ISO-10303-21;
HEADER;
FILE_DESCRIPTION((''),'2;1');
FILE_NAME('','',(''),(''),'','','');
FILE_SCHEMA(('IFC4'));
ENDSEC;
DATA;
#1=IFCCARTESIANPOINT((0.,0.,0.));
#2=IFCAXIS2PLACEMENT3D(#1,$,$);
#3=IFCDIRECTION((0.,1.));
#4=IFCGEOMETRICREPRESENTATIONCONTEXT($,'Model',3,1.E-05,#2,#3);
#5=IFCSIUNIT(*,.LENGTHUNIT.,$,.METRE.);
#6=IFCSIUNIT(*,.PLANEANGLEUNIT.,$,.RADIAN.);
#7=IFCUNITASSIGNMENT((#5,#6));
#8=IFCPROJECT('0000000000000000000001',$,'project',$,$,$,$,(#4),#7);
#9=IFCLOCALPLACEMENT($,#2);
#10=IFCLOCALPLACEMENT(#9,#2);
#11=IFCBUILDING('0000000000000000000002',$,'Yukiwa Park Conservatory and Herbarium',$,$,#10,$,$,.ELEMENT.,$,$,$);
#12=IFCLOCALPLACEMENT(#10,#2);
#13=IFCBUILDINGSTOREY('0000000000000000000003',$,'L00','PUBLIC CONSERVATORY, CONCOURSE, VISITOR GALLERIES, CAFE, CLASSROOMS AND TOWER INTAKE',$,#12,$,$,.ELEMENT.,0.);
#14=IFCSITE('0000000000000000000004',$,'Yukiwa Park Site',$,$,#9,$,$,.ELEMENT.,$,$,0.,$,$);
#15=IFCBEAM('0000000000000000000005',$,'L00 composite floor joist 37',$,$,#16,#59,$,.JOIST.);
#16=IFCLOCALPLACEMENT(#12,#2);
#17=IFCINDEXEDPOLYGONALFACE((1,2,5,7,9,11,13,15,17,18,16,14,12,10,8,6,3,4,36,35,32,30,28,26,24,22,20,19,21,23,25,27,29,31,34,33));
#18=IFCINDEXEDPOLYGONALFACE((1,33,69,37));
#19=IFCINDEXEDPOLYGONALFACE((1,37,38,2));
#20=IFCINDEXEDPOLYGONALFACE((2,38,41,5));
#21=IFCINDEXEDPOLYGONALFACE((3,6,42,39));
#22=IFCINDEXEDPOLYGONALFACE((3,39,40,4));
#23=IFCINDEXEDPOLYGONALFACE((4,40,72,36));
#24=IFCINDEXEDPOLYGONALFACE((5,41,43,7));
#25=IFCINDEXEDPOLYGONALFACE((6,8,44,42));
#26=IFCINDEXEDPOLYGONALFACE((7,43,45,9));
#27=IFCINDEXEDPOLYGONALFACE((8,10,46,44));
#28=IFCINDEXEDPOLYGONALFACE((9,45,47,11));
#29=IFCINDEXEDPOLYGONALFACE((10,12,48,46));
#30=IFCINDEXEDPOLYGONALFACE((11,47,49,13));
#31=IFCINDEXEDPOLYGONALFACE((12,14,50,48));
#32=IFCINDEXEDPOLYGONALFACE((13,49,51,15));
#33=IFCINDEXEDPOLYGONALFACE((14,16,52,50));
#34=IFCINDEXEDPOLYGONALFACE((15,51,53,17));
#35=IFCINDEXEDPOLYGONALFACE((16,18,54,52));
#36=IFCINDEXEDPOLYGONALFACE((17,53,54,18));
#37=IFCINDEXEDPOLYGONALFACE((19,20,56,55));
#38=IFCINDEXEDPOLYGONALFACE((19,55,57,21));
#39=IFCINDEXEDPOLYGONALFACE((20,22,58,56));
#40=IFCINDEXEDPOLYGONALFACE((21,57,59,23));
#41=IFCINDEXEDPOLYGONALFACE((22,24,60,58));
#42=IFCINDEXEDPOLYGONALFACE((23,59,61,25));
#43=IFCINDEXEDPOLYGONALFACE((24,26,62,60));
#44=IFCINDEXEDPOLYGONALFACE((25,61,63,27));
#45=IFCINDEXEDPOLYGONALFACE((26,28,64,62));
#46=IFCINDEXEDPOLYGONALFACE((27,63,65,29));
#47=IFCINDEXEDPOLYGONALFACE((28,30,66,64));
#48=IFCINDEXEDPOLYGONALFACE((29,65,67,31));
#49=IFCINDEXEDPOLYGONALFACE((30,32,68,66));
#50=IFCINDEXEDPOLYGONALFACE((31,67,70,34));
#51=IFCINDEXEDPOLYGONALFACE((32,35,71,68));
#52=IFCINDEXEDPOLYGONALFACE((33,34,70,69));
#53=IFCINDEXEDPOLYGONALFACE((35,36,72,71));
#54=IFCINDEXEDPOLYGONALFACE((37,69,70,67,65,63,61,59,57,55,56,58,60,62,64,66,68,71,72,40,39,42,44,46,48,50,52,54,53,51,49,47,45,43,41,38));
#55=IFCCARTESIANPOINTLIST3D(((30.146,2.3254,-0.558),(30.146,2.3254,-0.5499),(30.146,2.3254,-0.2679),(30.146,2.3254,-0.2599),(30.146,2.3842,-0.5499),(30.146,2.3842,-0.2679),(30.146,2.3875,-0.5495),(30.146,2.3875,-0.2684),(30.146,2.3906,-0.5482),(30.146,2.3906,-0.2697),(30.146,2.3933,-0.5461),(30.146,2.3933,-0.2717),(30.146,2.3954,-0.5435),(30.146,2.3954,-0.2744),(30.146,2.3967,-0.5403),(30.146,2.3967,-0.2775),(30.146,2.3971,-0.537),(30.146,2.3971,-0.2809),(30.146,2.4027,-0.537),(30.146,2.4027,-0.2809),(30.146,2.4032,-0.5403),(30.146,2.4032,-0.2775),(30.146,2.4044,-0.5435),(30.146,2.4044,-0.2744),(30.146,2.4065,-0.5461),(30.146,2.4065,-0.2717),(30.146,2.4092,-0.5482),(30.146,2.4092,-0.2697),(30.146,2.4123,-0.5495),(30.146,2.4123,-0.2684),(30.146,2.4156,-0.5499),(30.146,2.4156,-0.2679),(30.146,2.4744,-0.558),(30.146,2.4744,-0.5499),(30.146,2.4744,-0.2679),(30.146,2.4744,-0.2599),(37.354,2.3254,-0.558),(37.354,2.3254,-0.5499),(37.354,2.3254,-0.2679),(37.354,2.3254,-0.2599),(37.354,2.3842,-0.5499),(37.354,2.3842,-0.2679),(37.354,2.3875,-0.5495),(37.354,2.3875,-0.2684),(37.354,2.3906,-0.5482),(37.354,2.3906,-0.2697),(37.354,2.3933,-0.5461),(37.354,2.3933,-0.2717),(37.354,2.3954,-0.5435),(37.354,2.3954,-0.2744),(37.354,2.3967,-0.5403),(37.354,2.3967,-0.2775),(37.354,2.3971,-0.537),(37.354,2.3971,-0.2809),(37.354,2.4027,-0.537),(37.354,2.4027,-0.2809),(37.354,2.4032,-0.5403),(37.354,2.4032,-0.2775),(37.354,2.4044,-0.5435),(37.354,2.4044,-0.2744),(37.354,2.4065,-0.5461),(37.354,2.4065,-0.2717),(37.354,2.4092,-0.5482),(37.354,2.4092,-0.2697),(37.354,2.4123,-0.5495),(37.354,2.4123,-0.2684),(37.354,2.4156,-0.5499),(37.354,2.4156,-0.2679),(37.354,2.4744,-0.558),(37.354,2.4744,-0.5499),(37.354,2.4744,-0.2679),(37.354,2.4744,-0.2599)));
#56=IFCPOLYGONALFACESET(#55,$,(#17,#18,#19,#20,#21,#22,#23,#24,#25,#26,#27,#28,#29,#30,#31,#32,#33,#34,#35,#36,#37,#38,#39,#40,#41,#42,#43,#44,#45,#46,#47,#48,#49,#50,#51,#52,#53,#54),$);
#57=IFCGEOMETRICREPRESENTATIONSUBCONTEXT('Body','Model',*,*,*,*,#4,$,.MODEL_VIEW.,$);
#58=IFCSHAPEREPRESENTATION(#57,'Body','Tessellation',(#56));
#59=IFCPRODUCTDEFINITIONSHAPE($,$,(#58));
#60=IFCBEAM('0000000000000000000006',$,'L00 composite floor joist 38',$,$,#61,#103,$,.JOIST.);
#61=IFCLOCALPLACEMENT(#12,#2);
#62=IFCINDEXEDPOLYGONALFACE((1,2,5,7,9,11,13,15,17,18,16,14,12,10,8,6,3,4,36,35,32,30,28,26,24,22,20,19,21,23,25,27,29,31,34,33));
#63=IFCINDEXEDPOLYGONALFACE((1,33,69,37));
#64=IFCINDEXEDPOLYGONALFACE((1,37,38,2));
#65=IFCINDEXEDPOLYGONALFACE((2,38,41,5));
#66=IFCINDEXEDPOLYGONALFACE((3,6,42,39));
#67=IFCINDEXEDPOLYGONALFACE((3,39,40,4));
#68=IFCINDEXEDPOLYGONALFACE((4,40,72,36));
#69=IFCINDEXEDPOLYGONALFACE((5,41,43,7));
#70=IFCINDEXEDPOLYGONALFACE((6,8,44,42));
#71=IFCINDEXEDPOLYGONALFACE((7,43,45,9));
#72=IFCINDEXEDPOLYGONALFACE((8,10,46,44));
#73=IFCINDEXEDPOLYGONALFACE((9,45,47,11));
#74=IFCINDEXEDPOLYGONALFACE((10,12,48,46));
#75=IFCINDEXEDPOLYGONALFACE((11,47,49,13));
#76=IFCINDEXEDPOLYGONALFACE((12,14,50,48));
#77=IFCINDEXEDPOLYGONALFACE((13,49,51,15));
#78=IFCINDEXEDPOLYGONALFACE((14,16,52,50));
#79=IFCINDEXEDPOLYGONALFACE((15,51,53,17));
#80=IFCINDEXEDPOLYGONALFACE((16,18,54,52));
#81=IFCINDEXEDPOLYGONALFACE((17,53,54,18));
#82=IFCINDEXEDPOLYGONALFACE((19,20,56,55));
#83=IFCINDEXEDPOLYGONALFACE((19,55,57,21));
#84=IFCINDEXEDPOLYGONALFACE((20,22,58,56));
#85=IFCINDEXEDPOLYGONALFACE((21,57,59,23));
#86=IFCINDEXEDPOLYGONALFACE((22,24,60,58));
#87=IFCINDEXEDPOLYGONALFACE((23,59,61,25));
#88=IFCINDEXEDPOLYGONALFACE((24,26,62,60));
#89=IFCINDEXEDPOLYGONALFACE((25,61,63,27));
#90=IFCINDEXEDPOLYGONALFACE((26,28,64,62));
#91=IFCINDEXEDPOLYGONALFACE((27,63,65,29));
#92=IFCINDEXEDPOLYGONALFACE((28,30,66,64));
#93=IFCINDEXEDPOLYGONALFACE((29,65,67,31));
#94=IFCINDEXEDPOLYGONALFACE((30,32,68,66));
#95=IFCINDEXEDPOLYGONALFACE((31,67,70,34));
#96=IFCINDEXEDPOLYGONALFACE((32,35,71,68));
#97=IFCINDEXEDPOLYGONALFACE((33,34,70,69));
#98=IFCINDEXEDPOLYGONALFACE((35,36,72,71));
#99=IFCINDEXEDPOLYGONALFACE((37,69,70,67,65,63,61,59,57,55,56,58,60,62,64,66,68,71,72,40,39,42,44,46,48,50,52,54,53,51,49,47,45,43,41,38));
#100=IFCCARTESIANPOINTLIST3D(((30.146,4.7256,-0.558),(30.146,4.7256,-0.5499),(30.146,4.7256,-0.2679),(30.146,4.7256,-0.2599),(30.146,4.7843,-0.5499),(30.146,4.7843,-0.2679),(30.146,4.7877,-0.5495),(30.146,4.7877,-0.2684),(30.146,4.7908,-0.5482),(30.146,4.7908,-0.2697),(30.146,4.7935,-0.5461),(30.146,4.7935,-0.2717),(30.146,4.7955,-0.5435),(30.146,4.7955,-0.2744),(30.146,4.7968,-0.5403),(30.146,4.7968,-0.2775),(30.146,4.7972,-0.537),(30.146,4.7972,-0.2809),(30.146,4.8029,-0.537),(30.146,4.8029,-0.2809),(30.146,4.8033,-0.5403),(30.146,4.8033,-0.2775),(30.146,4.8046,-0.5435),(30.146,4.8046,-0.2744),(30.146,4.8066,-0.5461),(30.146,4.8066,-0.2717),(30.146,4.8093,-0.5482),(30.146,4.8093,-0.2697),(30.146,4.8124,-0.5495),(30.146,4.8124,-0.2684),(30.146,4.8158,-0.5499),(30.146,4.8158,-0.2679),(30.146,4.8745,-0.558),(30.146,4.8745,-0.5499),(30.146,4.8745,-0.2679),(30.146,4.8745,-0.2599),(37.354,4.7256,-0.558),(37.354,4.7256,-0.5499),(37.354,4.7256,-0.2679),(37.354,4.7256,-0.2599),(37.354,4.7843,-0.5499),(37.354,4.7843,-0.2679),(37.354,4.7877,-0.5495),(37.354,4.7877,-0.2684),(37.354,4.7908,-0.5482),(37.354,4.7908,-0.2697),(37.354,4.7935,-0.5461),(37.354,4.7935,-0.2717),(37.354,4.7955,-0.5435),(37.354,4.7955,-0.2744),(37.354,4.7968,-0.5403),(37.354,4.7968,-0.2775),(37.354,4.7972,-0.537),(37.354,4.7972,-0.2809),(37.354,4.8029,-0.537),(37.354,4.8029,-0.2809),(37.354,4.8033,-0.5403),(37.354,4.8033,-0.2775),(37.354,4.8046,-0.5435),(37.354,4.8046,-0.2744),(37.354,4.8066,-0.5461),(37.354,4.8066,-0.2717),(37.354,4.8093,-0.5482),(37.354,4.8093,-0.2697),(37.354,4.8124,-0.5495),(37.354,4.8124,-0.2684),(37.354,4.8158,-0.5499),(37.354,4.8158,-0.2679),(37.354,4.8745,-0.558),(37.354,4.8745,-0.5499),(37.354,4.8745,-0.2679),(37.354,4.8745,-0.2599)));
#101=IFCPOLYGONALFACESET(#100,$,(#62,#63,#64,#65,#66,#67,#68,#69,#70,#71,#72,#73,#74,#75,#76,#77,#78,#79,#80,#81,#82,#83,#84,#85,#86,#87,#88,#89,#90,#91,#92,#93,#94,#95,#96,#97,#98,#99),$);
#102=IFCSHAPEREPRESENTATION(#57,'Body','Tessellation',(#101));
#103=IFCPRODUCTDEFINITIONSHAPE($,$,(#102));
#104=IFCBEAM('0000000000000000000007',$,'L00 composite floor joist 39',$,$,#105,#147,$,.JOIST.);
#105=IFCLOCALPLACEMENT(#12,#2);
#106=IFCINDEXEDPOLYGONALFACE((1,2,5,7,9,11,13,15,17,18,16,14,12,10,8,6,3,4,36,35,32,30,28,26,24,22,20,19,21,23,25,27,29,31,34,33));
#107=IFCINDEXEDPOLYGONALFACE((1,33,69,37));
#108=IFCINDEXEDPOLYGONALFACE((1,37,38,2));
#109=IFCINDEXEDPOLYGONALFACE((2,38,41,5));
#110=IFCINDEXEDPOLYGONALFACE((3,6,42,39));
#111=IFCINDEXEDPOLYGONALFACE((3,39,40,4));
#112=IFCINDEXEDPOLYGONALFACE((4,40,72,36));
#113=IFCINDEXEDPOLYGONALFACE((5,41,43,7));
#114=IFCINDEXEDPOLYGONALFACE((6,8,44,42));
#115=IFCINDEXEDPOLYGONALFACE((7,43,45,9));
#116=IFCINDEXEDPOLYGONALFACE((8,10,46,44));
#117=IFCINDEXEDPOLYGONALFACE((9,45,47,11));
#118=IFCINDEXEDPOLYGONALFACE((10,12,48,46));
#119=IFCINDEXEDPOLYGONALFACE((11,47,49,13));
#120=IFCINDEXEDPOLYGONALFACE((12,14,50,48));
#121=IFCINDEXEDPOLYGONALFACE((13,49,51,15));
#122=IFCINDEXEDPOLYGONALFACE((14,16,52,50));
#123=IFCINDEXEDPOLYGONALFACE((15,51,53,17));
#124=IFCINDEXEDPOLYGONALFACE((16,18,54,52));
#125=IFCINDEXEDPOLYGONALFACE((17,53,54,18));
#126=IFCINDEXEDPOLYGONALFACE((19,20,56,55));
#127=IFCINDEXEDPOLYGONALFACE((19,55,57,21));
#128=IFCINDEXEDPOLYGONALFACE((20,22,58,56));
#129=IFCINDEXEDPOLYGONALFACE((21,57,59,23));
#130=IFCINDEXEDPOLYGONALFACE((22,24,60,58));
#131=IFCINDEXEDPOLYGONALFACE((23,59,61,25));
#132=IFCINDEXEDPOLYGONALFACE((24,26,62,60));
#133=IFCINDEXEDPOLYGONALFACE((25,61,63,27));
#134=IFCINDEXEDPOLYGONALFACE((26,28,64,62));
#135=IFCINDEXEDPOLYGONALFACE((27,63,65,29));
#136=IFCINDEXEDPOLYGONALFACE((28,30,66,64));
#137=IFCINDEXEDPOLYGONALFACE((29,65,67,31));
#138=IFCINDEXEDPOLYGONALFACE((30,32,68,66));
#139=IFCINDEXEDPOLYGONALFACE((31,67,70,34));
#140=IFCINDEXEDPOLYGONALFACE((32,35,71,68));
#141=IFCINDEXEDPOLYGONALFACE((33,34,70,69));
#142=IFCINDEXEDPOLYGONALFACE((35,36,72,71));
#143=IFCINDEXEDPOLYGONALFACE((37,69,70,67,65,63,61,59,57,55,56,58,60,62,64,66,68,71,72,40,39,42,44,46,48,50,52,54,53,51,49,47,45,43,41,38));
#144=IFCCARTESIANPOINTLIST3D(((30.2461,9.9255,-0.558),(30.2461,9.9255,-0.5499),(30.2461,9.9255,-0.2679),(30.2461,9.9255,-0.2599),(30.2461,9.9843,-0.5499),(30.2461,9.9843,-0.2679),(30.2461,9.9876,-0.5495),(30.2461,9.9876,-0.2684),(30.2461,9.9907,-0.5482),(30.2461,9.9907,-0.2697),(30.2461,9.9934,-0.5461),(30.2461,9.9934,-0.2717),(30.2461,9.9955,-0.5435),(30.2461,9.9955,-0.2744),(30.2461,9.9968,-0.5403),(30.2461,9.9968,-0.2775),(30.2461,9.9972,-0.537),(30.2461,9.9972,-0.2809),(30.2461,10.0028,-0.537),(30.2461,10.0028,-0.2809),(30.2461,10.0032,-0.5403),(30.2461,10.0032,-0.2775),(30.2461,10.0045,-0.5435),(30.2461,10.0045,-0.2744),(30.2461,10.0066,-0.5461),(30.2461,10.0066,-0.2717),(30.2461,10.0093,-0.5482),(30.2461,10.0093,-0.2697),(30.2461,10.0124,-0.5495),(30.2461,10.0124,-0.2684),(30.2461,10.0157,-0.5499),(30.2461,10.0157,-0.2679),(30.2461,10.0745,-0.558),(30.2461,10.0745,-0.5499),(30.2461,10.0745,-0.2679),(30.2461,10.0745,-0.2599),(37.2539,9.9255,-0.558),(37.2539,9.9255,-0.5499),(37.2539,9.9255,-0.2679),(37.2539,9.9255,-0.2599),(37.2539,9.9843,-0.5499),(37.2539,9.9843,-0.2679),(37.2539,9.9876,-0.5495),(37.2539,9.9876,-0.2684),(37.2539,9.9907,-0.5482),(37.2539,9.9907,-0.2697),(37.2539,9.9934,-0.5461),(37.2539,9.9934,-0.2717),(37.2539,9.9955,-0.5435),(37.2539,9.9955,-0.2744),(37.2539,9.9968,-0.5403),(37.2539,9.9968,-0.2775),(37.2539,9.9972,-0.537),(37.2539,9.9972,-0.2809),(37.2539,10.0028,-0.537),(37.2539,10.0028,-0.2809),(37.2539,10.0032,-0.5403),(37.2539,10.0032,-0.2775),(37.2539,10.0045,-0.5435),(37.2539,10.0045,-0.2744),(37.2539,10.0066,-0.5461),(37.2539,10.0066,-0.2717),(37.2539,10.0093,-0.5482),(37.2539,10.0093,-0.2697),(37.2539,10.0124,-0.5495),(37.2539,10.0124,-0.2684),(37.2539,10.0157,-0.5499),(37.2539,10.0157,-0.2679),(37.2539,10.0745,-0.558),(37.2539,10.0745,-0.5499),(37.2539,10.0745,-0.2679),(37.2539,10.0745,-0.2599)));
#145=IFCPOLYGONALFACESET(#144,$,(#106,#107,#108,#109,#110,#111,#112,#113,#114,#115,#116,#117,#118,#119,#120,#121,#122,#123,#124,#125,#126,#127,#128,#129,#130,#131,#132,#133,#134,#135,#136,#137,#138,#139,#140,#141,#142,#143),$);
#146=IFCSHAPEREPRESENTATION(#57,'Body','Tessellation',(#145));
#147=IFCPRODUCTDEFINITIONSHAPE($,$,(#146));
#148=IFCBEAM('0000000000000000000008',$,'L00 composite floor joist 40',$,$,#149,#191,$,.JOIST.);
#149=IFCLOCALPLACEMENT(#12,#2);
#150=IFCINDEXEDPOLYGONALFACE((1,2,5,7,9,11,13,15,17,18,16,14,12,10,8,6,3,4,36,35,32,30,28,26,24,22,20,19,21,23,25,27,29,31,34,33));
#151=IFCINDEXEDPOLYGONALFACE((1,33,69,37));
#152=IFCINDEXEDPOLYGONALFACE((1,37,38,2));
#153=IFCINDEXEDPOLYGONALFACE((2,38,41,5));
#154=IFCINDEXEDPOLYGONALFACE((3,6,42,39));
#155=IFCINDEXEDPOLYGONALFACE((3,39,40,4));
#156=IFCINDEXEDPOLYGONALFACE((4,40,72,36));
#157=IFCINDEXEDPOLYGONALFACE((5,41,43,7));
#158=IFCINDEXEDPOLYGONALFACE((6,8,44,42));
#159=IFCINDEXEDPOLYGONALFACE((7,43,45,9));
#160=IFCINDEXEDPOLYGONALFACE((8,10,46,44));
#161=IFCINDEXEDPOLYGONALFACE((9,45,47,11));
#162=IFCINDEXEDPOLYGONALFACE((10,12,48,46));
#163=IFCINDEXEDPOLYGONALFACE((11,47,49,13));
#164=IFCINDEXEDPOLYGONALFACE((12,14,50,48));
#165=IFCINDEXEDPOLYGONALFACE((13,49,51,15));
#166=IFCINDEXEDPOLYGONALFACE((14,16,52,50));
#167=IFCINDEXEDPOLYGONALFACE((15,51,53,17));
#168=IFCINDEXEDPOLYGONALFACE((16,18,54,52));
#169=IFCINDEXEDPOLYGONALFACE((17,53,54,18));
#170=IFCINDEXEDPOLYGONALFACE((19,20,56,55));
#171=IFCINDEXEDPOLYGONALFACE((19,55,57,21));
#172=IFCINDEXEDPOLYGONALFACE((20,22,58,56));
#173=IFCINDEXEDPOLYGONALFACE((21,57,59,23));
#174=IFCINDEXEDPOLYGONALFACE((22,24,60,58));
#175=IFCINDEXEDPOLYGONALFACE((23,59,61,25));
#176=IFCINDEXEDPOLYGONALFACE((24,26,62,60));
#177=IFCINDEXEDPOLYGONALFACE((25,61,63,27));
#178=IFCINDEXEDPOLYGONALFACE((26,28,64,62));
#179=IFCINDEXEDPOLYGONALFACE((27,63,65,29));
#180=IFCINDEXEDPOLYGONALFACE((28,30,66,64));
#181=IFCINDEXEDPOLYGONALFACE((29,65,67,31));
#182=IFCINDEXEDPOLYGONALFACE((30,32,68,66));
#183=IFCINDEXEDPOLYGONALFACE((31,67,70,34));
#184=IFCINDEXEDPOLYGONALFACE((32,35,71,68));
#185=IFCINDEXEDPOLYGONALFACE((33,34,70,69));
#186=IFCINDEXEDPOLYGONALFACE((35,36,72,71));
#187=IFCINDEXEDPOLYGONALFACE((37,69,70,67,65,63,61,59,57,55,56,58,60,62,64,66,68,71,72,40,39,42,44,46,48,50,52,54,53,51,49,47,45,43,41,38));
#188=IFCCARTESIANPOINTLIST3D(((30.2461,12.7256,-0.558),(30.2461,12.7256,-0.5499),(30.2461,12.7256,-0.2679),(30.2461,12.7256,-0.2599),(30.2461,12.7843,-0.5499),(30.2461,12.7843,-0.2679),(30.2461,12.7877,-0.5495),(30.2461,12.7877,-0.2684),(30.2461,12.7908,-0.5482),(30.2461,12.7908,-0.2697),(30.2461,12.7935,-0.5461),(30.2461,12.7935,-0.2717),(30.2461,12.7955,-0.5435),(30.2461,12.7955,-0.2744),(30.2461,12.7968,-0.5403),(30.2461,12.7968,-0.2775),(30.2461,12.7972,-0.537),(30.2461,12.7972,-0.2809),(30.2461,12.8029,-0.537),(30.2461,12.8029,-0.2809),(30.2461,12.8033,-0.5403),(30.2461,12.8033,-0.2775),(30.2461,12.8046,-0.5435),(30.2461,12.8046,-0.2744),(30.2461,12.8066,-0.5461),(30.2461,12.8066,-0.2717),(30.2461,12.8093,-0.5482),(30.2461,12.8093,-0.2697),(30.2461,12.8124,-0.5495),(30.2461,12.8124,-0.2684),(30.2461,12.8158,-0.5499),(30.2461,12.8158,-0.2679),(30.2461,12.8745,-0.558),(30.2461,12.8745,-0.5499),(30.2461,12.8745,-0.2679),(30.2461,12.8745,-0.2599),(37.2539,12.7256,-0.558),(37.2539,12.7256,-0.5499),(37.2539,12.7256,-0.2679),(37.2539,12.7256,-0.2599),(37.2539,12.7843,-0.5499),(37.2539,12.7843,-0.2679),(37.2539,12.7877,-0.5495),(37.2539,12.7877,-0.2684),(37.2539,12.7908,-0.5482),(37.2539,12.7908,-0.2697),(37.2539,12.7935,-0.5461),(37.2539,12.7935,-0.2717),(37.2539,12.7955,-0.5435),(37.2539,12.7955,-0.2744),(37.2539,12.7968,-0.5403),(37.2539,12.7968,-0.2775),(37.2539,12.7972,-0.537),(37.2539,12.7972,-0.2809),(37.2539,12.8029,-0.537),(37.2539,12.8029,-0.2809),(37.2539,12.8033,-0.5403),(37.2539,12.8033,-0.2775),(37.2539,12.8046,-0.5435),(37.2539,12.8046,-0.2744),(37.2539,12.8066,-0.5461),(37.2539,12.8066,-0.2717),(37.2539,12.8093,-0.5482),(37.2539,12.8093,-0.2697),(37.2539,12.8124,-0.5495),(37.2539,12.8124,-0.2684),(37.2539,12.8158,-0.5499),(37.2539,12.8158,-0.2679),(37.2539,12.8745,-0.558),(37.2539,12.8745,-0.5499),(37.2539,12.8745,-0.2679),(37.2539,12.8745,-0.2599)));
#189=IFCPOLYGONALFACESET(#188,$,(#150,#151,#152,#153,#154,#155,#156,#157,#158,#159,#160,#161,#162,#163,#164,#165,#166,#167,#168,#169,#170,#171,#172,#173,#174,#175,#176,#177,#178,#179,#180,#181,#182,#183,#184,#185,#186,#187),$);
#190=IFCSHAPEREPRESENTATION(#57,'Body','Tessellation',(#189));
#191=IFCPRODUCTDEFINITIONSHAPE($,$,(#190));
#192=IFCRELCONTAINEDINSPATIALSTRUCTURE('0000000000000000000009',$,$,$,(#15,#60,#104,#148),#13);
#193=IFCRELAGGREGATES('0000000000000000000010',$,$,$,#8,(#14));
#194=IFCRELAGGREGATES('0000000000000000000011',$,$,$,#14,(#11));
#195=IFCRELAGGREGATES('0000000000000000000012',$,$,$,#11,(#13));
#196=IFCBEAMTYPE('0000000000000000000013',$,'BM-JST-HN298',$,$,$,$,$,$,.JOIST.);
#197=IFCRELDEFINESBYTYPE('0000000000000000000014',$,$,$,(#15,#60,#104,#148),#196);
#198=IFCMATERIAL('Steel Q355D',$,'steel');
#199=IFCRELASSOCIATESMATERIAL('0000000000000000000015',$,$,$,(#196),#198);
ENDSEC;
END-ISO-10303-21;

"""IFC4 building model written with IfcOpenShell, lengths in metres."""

from ifc_helpers import new_model, si_unit, direction, frame, origin, origin_2d, place, context, subcontext, project, spatial, i_section, extrude, material, material_profile, profile_set, type_object, element, save


model = new_model("IFC4")

# Units and contexts
model_context = context("Model", 3, precision=1e-05, world=origin(), true_north=direction((0.0, 1.0)))
body_context = subcontext(model_context, "Body", "Model", "MODEL_VIEW")
ifc_project = project(units=[si_unit("LENGTHUNIT", "METRE"), si_unit("PLANEANGLEUNIT", "RADIAN")], contexts=[model_context])

# Site, building, storey
site_placement = place(None, origin())
site = spatial("IfcSite", under=ifc_project, at=site_placement, Name="Yukiwa Park Site", CompositionType="ELEMENT", RefElevation=0.0)
building_placement = place(site_placement, origin())
building = spatial("IfcBuilding", under=site, at=building_placement, Name="Yukiwa Park Conservatory and Herbarium", CompositionType="ELEMENT")
storey_placement = place(building_placement, origin())
storey = spatial("IfcBuildingStorey", under=building, at=storey_placement, Name="L00", Description="PUBLIC CONSERVATORY, CONCOURSE, VISITOR GALLERIES, CAFE, CLASSROOMS AND TOWER INTAKE", CompositionType="ELEMENT", Elevation=0.0)

# Beams
ifc_material_1 = material(Name="Steel Q355D", Category="steel")
ifc_material_profile_1 = material_profile(ifc_material_1, i_section(OverallWidth=0.1489, OverallDepth=0.2981, WebThickness=0.0056, FlangeThickness=0.0081, FilletRadius=0.0129, at=origin_2d()), Name="HN 298x149x5.5x8")
ifc_profile_set_1 = profile_set([ifc_material_profile_1], Name="Steel Q355D")
beam_type_1 = type_object("IfcBeamType", Name="BM-JST-HN298", PredefinedType="JOIST", material=ifc_profile_set_1)
for number, where, z_axis, x_axis, name in (
    (1, (30.146, 2.3999, -0.4089), (1.0, 0.0, 0.0), (0.0, 1.0, 0.0), "L00 composite floor joist 37"),
    (2, (30.146, 4.8, -0.4089), (1.0, 0.0, 0.0), (0.0, 1.0, 0.0), "L00 composite floor joist 38"),
):
    element("IfcBeam", number, at=place(storey_placement, frame(where, z_axis=z_axis, x_axis=x_axis)), inside=storey, type_object=beam_type_1, Name=name, PredefinedType="JOIST", context=body_context, shape_type="SweptSolid", body=[
        extrude(i_section(OverallWidth=0.1489, OverallDepth=0.2981, WebThickness=0.0056, FlangeThickness=0.0081, FilletRadius=0.0129, at=origin_2d()), origin(), (0.0, 0.0, 1.0), 7.208),
    ])
for number, where, z_axis, x_axis, name in (
    (3, (30.2461, 10.0, -0.4089), (1.0, 0.0, 0.0), (0.0, 1.0, 0.0), "L00 composite floor joist 39"),
    (4, (30.2461, 12.8, -0.4089), (1.0, 0.0, 0.0), (0.0, 1.0, 0.0), "L00 composite floor joist 40"),
):
    element("IfcBeam", number, at=place(storey_placement, frame(where, z_axis=z_axis, x_axis=x_axis)), inside=storey, type_object=beam_type_1, Name=name, PredefinedType="JOIST", context=body_context, shape_type="SweptSolid", body=[
        extrude(i_section(OverallWidth=0.1489, OverallDepth=0.2981, WebThickness=0.0056, FlangeThickness=0.0081, FilletRadius=0.0129, at=origin_2d()), origin(), (0.0, 0.0, 1.0), 7.0078),
    ])

save(model, "model.ifc")
